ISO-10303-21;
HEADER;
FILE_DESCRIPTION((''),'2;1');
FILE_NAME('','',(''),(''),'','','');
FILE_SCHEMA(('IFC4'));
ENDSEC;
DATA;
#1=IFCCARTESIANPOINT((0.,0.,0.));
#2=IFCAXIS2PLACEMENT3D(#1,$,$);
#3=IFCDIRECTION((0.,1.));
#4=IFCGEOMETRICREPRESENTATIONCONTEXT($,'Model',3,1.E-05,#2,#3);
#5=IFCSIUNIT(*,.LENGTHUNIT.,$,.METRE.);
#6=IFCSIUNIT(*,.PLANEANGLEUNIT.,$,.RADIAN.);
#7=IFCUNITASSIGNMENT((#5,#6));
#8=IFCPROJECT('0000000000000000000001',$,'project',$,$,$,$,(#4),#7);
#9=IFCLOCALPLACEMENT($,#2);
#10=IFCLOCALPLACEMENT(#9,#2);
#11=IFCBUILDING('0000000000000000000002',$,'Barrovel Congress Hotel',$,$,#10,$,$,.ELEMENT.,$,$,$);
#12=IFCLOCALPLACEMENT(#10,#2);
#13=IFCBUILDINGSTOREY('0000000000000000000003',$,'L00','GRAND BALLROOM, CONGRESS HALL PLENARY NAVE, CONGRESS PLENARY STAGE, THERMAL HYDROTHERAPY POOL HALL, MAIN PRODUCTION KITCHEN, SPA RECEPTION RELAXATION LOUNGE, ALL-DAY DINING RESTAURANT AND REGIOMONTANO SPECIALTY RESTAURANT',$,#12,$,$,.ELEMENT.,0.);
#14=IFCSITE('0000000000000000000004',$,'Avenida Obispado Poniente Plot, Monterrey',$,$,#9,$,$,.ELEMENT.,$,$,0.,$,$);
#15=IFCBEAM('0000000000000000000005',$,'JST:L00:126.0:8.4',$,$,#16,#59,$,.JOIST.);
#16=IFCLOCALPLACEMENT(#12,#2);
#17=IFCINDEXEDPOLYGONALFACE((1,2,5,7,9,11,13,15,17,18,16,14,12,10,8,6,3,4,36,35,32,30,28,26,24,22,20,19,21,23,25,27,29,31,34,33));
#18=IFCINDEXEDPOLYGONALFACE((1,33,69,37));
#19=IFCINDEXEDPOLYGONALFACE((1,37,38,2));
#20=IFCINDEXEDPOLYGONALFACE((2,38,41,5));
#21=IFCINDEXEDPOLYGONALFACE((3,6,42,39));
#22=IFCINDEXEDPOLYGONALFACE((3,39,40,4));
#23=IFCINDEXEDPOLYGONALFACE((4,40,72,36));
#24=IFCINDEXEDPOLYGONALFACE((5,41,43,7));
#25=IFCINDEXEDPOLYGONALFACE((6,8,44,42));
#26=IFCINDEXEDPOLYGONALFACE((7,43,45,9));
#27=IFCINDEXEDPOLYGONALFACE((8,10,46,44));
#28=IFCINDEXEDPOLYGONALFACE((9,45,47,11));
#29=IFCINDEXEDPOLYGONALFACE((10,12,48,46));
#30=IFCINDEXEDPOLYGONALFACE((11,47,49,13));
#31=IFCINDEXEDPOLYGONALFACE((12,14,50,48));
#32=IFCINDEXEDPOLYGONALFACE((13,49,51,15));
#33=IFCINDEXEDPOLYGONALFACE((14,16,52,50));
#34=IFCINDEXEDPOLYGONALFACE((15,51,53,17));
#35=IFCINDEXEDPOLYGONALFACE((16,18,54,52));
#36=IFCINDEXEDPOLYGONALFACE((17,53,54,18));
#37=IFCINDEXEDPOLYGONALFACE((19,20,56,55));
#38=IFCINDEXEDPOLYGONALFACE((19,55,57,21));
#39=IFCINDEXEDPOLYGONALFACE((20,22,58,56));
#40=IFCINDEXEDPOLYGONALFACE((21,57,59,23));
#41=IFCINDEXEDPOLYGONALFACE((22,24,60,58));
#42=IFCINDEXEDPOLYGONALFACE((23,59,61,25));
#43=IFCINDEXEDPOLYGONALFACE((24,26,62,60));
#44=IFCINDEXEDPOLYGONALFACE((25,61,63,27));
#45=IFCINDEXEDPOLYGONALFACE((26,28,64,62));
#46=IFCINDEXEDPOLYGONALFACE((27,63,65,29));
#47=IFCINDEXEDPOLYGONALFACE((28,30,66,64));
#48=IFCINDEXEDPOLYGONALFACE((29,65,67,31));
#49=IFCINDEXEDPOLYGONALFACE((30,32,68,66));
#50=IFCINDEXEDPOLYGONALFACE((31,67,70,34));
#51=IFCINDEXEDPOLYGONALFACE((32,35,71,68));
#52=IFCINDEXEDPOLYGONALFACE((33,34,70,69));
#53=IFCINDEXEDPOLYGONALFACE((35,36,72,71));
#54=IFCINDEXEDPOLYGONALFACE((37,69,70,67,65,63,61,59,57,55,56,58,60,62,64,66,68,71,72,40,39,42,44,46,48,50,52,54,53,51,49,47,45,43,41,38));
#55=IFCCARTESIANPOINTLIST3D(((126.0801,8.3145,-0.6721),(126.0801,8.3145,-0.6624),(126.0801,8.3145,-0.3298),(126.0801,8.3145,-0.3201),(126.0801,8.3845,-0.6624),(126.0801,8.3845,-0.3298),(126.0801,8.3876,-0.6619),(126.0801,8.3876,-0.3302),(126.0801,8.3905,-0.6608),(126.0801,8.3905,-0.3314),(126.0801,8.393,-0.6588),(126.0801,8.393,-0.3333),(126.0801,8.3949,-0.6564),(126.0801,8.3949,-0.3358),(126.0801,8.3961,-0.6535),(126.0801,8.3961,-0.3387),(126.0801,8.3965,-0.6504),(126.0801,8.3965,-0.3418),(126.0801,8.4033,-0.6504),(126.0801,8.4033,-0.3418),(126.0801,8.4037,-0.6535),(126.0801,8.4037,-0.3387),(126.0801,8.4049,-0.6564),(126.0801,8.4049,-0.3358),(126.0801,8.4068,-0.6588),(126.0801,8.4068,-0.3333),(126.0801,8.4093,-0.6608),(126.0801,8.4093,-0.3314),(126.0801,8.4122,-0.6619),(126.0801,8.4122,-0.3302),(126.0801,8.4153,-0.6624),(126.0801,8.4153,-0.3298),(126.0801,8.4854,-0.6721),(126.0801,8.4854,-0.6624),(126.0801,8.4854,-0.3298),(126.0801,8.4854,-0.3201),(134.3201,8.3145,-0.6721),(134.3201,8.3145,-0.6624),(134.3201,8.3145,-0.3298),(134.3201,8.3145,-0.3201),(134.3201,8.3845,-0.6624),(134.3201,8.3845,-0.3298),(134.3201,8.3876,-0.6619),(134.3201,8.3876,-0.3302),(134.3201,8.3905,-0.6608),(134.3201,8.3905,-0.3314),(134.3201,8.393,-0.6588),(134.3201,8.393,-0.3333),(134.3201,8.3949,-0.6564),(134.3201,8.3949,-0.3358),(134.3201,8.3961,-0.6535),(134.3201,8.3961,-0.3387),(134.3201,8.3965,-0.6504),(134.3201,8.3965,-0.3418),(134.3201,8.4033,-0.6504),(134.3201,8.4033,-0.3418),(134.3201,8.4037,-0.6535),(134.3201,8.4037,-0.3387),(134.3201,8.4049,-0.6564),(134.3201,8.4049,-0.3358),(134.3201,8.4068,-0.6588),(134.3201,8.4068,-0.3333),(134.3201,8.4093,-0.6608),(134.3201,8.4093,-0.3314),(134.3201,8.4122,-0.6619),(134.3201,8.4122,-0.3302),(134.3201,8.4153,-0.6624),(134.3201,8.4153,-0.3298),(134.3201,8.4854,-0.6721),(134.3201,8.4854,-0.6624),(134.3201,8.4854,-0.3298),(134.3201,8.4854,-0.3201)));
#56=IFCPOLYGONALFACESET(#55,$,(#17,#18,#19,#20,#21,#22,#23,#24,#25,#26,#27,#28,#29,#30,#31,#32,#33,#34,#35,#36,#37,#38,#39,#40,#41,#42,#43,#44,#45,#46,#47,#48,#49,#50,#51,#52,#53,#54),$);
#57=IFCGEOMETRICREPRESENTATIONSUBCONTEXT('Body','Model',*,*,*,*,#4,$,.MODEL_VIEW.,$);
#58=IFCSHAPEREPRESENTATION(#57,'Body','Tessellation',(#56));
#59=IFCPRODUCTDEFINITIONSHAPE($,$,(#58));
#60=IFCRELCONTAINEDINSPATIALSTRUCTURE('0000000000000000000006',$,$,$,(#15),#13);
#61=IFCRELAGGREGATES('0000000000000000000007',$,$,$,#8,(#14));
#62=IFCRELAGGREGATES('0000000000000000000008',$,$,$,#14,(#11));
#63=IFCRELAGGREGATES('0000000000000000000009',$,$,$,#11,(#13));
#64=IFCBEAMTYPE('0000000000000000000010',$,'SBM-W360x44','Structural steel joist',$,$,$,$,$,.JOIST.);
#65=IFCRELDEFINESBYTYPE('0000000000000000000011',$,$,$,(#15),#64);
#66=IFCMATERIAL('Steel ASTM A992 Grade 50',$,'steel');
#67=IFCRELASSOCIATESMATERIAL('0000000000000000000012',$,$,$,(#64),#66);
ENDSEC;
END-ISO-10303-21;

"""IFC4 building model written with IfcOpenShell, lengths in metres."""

from ifc_helpers import new_model, si_unit, direction, frame, origin, origin_2d, place, context, subcontext, project, spatial, i_section, extrude, material, material_profile, profile_set, type_object, element, save


model = new_model("IFC4")

# Units and contexts
model_context = context("Model", 3, precision=1e-05, world=origin(), true_north=direction((0.0, 1.0)))
body_context = subcontext(model_context, "Body", "Model", "MODEL_VIEW")
ifc_project = project(units=[si_unit("LENGTHUNIT", "METRE"), si_unit("PLANEANGLEUNIT", "RADIAN")], contexts=[model_context])

# Site, building, storey
site_placement = place(None, origin())
site = spatial("IfcSite", under=ifc_project, at=site_placement, Name="Avenida Obispado Poniente Plot, Monterrey", CompositionType="ELEMENT", RefElevation=0.0)
building_placement = place(site_placement, origin())
building = spatial("IfcBuilding", under=site, at=building_placement, Name="Barrovel Congress Hotel", CompositionType="ELEMENT")
storey_placement = place(building_placement, origin())
storey = spatial("IfcBuildingStorey", under=building, at=storey_placement, Name="L00", Description="GRAND BALLROOM, CONGRESS HALL PLENARY NAVE, CONGRESS PLENARY STAGE, THERMAL HYDROTHERAPY POOL HALL, MAIN PRODUCTION KITCHEN, SPA RECEPTION RELAXATION LOUNGE, ALL-DAY DINING RESTAURANT AND REGIOMONTANO SPECIALTY RESTAURANT", CompositionType="ELEMENT", Elevation=0.0)

# Beam
ifc_material_1 = material(Name="Steel ASTM A992 Grade 50", Category="steel")
ifc_material_profile_1 = material_profile(ifc_material_1, i_section(OverallWidth=0.1709, OverallDepth=0.3521, WebThickness=0.0068, FlangeThickness=0.0098, FilletRadius=0.012, at=origin_2d()), Name="W360x44")
ifc_profile_set_1 = profile_set([ifc_material_profile_1], Name="Steel ASTM A992 Grade 50")
beam_type_1 = type_object("IfcBeamType", Name="SBM-W360x44", Description="Structural steel joist", PredefinedType="JOIST", material=ifc_profile_set_1)
beam_1_placement = place(storey_placement, frame((126.0801, 8.3999, -0.4961), z_axis=(1.0, 0.0, 0.0), x_axis=(0.0, 1.0, 0.0)))
element("IfcBeam", 1, at=beam_1_placement, inside=storey, type_object=beam_type_1, Name="JST:L00:126.0:8.4", PredefinedType="JOIST", context=body_context, shape_type="SweptSolid", body=[
    extrude(i_section(OverallWidth=0.1709, OverallDepth=0.3521, WebThickness=0.0068, FlangeThickness=0.0098, FilletRadius=0.012, at=origin_2d()), origin(), (0.0, 0.0, 1.0), 8.24),
])

save(model, "model.ifc")
